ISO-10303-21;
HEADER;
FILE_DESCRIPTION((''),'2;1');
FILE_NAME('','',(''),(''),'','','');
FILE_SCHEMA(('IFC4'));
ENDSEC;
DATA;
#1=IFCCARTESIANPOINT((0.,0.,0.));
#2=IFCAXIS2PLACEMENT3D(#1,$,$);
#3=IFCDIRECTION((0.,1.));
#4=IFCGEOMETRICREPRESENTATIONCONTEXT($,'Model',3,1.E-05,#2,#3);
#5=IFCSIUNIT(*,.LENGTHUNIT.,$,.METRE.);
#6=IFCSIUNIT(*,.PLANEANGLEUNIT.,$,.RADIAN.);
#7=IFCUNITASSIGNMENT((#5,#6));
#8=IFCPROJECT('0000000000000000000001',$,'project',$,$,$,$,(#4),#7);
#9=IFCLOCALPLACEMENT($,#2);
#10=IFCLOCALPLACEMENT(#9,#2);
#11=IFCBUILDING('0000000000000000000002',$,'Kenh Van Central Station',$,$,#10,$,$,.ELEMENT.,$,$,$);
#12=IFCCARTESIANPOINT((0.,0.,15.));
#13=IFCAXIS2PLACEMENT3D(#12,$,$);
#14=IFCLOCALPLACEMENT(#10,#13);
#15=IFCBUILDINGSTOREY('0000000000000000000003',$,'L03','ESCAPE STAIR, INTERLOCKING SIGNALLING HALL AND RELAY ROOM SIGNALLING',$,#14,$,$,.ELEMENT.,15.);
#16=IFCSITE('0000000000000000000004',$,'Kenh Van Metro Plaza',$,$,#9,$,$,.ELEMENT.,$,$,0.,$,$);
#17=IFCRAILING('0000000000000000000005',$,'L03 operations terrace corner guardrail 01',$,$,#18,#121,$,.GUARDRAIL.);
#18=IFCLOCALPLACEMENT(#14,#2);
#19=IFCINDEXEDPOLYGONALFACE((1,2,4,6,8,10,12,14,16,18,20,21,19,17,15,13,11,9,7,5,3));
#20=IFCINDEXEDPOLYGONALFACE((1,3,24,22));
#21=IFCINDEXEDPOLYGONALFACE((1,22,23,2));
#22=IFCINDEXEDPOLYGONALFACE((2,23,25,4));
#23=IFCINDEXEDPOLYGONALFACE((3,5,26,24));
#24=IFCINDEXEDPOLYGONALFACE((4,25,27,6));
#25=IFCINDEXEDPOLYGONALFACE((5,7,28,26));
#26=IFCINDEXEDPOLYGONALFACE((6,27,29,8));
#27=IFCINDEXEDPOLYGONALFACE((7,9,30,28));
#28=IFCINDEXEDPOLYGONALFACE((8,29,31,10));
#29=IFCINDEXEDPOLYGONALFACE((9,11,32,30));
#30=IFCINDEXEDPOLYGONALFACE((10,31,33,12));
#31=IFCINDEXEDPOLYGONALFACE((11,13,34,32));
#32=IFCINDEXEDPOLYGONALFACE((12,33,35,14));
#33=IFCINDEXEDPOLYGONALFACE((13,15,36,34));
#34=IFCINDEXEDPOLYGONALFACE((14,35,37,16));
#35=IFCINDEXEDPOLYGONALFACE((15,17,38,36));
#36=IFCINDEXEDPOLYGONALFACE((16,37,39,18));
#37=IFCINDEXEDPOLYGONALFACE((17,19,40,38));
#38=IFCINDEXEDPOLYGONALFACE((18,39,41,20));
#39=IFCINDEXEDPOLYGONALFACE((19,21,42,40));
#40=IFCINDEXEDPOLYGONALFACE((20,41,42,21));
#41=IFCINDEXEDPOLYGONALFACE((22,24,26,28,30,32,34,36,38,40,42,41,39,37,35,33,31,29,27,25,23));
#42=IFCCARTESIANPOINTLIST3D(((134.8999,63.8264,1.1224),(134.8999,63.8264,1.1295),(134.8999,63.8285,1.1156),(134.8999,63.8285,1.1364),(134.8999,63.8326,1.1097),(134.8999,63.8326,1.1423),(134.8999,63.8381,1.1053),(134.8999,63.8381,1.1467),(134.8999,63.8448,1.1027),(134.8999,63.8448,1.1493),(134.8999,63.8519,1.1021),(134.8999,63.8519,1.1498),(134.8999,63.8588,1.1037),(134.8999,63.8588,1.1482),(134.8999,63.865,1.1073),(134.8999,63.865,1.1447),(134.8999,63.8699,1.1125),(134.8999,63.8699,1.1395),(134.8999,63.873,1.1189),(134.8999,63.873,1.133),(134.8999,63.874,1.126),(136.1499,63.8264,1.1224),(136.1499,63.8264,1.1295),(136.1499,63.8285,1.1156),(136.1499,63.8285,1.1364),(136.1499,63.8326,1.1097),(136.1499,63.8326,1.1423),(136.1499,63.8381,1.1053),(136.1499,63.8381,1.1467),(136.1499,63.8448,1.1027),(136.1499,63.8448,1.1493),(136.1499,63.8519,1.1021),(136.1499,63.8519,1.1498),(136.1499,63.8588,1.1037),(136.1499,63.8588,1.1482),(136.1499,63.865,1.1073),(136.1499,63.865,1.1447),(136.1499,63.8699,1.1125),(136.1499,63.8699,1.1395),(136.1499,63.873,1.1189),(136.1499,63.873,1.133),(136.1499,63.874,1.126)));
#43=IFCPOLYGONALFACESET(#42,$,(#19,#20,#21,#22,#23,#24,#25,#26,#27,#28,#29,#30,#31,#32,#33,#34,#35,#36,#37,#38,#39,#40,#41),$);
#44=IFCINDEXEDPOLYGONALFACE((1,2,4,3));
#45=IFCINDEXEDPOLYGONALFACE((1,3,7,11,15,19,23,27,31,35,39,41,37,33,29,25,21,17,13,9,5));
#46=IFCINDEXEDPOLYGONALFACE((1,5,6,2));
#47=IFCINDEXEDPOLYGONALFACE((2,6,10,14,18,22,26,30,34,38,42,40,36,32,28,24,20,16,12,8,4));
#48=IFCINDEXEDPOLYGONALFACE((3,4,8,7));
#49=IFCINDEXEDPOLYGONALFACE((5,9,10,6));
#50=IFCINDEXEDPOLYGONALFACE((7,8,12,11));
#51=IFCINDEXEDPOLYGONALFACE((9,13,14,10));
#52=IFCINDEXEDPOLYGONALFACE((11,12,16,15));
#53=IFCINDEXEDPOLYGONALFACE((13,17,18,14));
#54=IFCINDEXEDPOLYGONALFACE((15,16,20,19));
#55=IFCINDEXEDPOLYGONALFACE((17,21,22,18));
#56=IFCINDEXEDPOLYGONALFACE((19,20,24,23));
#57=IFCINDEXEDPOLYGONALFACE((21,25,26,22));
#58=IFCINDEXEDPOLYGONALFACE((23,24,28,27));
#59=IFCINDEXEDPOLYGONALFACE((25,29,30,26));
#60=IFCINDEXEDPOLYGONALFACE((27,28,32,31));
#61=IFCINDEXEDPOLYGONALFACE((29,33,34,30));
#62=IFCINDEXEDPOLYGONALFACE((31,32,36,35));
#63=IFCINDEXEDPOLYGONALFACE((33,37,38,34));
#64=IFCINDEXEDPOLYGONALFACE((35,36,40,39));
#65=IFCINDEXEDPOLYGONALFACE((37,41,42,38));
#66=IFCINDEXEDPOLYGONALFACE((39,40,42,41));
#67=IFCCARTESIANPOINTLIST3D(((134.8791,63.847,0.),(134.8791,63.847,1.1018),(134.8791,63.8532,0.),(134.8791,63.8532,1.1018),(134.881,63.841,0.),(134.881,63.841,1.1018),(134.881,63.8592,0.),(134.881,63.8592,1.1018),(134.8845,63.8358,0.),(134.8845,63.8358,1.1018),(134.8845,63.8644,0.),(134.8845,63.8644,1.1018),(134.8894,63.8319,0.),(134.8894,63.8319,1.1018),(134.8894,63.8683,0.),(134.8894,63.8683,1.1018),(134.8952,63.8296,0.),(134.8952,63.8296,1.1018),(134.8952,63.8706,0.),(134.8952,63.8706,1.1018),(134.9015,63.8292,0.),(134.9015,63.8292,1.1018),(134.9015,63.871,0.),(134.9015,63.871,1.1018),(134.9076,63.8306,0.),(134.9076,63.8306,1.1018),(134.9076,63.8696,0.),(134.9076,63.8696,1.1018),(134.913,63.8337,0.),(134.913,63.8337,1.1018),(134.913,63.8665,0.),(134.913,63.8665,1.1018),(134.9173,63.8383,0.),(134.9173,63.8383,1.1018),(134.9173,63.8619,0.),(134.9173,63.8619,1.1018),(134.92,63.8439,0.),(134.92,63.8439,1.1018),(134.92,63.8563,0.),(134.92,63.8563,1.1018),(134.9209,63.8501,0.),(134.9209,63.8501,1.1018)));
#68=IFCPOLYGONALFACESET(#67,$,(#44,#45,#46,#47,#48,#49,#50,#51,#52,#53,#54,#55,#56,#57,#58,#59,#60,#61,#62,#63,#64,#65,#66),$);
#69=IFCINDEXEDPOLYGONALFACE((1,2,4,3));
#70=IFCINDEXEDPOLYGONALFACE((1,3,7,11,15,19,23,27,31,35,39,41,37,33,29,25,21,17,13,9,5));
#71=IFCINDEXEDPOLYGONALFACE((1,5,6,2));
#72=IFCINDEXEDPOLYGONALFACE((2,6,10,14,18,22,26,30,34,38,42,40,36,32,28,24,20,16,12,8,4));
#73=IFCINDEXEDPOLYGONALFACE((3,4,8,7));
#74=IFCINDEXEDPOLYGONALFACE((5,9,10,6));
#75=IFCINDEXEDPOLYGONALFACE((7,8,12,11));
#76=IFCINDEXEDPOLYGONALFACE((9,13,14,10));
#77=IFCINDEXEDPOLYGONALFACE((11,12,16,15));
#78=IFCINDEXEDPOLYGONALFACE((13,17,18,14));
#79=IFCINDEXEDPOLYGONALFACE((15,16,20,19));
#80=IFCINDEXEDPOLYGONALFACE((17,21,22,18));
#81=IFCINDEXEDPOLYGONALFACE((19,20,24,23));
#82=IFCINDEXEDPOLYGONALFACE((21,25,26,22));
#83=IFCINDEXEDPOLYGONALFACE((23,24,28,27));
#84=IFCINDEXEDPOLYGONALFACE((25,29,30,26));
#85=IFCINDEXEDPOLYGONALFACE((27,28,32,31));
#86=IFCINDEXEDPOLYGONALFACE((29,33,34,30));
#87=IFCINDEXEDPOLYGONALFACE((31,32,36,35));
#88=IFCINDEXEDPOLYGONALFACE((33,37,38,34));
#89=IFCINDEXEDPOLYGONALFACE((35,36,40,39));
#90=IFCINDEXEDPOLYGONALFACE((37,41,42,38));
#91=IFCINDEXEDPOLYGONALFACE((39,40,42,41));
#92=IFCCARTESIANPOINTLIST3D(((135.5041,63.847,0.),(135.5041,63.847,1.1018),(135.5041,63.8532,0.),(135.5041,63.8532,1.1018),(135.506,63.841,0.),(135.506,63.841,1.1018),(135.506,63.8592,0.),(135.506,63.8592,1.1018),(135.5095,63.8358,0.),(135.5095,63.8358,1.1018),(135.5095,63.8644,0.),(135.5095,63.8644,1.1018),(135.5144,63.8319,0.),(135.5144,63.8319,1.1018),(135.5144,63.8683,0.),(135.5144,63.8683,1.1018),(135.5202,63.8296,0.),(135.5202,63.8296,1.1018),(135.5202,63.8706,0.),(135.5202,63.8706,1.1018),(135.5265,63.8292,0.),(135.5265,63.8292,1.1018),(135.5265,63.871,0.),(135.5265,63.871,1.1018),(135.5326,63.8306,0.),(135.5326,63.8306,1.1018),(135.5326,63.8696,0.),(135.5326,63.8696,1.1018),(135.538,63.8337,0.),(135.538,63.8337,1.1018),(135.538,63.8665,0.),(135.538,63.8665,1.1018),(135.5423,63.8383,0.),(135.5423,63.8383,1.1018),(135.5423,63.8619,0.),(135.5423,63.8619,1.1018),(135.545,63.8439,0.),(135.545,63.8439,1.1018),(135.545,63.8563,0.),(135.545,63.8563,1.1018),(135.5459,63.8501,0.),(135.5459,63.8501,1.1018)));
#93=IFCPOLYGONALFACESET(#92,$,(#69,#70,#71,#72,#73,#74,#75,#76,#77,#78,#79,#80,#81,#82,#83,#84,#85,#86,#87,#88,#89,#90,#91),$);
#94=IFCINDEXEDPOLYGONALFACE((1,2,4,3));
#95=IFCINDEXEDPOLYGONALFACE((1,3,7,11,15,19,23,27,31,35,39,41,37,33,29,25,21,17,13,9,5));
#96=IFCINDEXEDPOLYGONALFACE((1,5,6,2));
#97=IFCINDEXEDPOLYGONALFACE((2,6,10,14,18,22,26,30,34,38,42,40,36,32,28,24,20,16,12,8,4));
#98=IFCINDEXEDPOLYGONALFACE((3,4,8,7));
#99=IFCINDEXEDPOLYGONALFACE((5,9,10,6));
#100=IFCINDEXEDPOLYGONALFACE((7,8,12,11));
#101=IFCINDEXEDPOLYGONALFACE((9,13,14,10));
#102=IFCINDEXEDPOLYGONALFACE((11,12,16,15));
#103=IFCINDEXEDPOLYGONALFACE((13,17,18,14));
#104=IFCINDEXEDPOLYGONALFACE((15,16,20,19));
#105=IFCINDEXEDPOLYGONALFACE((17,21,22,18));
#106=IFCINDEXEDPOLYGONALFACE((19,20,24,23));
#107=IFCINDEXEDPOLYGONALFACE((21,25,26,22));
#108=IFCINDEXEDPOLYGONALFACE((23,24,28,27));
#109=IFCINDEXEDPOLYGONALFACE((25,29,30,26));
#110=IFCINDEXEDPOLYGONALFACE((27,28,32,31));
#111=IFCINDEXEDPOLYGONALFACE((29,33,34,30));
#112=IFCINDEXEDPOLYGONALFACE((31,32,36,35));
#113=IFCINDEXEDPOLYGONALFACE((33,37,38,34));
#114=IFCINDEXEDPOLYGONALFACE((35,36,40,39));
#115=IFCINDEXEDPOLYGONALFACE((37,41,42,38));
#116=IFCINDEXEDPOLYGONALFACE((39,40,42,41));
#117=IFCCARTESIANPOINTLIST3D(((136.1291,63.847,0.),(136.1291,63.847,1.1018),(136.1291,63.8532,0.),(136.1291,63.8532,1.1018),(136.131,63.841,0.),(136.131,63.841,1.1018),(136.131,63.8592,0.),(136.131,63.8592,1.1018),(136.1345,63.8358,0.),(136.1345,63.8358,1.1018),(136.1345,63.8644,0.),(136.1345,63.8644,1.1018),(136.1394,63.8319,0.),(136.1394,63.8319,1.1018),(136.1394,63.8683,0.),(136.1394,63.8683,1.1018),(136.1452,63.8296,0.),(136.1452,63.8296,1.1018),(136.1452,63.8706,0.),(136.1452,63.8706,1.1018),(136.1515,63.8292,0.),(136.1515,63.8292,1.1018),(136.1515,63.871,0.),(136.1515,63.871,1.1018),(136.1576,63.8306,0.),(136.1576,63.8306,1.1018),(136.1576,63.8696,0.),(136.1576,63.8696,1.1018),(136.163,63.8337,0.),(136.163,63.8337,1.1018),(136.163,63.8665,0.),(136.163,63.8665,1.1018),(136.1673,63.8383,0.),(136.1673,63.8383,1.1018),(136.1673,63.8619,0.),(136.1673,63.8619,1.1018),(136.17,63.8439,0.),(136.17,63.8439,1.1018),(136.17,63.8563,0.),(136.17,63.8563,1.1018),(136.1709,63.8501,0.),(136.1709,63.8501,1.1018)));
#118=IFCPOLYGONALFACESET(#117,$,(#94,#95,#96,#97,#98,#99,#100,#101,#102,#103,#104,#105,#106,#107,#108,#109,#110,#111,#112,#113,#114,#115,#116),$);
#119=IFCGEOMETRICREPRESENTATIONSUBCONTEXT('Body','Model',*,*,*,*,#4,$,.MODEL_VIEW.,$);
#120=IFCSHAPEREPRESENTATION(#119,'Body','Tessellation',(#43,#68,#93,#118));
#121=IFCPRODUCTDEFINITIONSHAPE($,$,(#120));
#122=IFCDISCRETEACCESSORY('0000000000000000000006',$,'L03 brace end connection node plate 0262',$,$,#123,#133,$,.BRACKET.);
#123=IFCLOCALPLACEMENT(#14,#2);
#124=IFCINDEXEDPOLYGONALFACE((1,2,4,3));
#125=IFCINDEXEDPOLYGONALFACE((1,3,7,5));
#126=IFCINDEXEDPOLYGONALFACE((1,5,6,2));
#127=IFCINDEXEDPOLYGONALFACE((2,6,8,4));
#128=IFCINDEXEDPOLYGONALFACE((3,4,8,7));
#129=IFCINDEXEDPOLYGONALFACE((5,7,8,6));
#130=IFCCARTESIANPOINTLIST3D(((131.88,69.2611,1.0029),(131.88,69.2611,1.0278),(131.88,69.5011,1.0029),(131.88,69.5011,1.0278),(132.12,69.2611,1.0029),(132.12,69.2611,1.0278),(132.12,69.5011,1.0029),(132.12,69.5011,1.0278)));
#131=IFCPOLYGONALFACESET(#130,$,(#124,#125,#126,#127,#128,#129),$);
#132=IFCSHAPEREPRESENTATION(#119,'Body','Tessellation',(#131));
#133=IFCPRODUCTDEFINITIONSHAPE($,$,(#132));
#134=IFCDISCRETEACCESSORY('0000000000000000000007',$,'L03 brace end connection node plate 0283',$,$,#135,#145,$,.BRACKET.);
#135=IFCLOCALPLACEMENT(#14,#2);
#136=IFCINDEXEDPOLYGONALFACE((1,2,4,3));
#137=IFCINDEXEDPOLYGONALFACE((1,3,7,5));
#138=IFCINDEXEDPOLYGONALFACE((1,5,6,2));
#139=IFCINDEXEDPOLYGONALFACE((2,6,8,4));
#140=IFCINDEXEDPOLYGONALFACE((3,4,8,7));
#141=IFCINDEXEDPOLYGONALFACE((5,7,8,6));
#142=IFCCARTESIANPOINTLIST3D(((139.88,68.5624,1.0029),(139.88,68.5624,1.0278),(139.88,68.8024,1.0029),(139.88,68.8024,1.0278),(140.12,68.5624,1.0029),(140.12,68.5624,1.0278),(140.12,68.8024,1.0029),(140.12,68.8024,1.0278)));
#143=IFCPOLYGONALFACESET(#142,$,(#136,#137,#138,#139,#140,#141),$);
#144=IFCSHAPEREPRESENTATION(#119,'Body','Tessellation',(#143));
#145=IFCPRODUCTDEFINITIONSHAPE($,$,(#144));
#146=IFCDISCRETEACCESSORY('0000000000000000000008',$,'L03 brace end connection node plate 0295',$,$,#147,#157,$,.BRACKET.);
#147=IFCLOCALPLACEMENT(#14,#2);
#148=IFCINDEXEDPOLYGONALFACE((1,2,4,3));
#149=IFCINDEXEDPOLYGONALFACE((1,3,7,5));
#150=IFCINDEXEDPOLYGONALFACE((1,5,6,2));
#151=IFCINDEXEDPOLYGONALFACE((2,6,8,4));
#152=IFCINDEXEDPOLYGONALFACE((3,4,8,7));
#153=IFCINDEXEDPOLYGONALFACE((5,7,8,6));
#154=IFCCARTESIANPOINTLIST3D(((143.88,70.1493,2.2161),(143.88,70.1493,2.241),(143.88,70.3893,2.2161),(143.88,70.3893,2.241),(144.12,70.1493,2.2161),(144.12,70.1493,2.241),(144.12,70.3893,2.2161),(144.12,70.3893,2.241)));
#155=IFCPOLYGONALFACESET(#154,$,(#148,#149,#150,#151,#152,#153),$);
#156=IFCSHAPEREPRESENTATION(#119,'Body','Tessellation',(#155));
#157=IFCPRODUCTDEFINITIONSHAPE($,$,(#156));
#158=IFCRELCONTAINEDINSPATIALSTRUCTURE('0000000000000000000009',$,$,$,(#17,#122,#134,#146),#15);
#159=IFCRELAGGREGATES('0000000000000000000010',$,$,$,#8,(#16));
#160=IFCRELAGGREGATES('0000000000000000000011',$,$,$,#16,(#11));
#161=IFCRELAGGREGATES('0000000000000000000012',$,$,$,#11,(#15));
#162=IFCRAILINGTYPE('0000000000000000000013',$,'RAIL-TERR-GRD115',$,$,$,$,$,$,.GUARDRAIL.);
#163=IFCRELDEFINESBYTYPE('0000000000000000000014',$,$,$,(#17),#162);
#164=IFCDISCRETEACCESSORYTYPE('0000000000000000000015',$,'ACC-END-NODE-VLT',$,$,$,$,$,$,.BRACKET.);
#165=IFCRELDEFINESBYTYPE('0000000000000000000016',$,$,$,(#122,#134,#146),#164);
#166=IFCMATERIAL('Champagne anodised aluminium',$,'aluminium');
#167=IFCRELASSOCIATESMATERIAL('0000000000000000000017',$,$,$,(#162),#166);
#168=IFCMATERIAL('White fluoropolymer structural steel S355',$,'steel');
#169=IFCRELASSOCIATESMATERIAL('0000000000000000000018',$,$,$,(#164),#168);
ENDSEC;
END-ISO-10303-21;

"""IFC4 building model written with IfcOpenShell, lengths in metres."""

from ifc_helpers import new_model, si_unit, direction, frame, origin, origin_2d, place, context, subcontext, project, spatial, rectangle, circle, extrude, material, type_object, element, save


model = new_model("IFC4")

# Units and contexts
model_context = context("Model", 3, precision=1e-05, world=origin(), true_north=direction((0.0, 1.0)))
body_context = subcontext(model_context, "Body", "Model", "MODEL_VIEW")
ifc_project = project(units=[si_unit("LENGTHUNIT", "METRE"), si_unit("PLANEANGLEUNIT", "RADIAN")], contexts=[model_context])

# Site, building, storey
site_placement = place(None, origin())
site = spatial("IfcSite", under=ifc_project, at=site_placement, Name="Kenh Van Metro Plaza", CompositionType="ELEMENT", RefElevation=0.0)
building_placement = place(site_placement, origin())
building = spatial("IfcBuilding", under=site, at=building_placement, Name="Kenh Van Central Station", CompositionType="ELEMENT")
storey_placement = place(building_placement, frame((0.0, 0.0, 15.0)))
storey = spatial("IfcBuildingStorey", under=building, at=storey_placement, Name="L03", Description="ESCAPE STAIR, INTERLOCKING SIGNALLING HALL AND RELAY ROOM SIGNALLING", CompositionType="ELEMENT", Elevation=15.0)

# Shared definitions
ifc_material_1 = material(Name="White fluoropolymer structural steel S355", Category="steel")

# Shared definitions
ifc_material_2 = material(Name="Champagne anodised aluminium", Category="aluminium")

# Railing
railing_type = type_object("IfcRailingType", Name="RAIL-TERR-GRD115", PredefinedType="GUARDRAIL", material=ifc_material_2)
railing_placement = place(storey_placement, frame((134.8999, 63.8501, 0.0)))
element("IfcRailing", 1, at=railing_placement, inside=storey, type_object=railing_type, Name="L03 operations terrace corner guardrail 01", PredefinedType="GUARDRAIL", context=body_context, shape_type="SweptSolid", body=[
    extrude(circle(Radius=0.0239, at=origin_2d()), frame((0.0, 0.0, 1.126), z_axis=(1.0, 0.0, 0.0), x_axis=(0.0, 1.0, 0.0)), (0.0, 0.0, 1.0), 1.25),
    extrude(circle(Radius=0.021, at=origin_2d()), origin(), (0.0, 0.0, 1.0), 1.1018),
    extrude(circle(Radius=0.021, at=origin_2d()), frame((0.625, 0.0, 0.0)), (0.0, 0.0, 1.0), 1.1018),
    extrude(circle(Radius=0.021, at=origin_2d()), frame((1.25, 0.0, 0.0)), (0.0, 0.0, 1.0), 1.1018),
])

# Discrete accessories
discrete_accessory_type = type_object("IfcDiscreteAccessoryType", Name="ACC-END-NODE-VLT", PredefinedType="BRACKET", material=ifc_material_1)
for number, where, z_axis, x_axis, name in (
    (2, (132.0, 69.3811, 1.0029), (0.0, 0.0, 1.0), (1.0, 0.0, 0.0), "L03 brace end connection node plate 0262"),
    (3, (140.0, 68.6824, 1.0029), (0.0, 0.0, 1.0), (1.0, 0.0, 0.0), "L03 brace end connection node plate 0283"),
    (4, (144.0, 70.2693, 2.2161), (0.0, 0.0, 1.0), (1.0, 0.0, 0.0), "L03 brace end connection node plate 0295"),
):
    element("IfcDiscreteAccessory", number, at=place(storey_placement, frame(where, z_axis=z_axis, x_axis=x_axis)), inside=storey, type_object=discrete_accessory_type, Name=name, PredefinedType="BRACKET", context=body_context, shape_type="SweptSolid", body=[
        extrude(rectangle(XDim=0.24, YDim=0.24, at=origin_2d()), origin(), (0.0, 0.0, 1.0), 0.0249),
    ])

save(model, "model.ifc")
